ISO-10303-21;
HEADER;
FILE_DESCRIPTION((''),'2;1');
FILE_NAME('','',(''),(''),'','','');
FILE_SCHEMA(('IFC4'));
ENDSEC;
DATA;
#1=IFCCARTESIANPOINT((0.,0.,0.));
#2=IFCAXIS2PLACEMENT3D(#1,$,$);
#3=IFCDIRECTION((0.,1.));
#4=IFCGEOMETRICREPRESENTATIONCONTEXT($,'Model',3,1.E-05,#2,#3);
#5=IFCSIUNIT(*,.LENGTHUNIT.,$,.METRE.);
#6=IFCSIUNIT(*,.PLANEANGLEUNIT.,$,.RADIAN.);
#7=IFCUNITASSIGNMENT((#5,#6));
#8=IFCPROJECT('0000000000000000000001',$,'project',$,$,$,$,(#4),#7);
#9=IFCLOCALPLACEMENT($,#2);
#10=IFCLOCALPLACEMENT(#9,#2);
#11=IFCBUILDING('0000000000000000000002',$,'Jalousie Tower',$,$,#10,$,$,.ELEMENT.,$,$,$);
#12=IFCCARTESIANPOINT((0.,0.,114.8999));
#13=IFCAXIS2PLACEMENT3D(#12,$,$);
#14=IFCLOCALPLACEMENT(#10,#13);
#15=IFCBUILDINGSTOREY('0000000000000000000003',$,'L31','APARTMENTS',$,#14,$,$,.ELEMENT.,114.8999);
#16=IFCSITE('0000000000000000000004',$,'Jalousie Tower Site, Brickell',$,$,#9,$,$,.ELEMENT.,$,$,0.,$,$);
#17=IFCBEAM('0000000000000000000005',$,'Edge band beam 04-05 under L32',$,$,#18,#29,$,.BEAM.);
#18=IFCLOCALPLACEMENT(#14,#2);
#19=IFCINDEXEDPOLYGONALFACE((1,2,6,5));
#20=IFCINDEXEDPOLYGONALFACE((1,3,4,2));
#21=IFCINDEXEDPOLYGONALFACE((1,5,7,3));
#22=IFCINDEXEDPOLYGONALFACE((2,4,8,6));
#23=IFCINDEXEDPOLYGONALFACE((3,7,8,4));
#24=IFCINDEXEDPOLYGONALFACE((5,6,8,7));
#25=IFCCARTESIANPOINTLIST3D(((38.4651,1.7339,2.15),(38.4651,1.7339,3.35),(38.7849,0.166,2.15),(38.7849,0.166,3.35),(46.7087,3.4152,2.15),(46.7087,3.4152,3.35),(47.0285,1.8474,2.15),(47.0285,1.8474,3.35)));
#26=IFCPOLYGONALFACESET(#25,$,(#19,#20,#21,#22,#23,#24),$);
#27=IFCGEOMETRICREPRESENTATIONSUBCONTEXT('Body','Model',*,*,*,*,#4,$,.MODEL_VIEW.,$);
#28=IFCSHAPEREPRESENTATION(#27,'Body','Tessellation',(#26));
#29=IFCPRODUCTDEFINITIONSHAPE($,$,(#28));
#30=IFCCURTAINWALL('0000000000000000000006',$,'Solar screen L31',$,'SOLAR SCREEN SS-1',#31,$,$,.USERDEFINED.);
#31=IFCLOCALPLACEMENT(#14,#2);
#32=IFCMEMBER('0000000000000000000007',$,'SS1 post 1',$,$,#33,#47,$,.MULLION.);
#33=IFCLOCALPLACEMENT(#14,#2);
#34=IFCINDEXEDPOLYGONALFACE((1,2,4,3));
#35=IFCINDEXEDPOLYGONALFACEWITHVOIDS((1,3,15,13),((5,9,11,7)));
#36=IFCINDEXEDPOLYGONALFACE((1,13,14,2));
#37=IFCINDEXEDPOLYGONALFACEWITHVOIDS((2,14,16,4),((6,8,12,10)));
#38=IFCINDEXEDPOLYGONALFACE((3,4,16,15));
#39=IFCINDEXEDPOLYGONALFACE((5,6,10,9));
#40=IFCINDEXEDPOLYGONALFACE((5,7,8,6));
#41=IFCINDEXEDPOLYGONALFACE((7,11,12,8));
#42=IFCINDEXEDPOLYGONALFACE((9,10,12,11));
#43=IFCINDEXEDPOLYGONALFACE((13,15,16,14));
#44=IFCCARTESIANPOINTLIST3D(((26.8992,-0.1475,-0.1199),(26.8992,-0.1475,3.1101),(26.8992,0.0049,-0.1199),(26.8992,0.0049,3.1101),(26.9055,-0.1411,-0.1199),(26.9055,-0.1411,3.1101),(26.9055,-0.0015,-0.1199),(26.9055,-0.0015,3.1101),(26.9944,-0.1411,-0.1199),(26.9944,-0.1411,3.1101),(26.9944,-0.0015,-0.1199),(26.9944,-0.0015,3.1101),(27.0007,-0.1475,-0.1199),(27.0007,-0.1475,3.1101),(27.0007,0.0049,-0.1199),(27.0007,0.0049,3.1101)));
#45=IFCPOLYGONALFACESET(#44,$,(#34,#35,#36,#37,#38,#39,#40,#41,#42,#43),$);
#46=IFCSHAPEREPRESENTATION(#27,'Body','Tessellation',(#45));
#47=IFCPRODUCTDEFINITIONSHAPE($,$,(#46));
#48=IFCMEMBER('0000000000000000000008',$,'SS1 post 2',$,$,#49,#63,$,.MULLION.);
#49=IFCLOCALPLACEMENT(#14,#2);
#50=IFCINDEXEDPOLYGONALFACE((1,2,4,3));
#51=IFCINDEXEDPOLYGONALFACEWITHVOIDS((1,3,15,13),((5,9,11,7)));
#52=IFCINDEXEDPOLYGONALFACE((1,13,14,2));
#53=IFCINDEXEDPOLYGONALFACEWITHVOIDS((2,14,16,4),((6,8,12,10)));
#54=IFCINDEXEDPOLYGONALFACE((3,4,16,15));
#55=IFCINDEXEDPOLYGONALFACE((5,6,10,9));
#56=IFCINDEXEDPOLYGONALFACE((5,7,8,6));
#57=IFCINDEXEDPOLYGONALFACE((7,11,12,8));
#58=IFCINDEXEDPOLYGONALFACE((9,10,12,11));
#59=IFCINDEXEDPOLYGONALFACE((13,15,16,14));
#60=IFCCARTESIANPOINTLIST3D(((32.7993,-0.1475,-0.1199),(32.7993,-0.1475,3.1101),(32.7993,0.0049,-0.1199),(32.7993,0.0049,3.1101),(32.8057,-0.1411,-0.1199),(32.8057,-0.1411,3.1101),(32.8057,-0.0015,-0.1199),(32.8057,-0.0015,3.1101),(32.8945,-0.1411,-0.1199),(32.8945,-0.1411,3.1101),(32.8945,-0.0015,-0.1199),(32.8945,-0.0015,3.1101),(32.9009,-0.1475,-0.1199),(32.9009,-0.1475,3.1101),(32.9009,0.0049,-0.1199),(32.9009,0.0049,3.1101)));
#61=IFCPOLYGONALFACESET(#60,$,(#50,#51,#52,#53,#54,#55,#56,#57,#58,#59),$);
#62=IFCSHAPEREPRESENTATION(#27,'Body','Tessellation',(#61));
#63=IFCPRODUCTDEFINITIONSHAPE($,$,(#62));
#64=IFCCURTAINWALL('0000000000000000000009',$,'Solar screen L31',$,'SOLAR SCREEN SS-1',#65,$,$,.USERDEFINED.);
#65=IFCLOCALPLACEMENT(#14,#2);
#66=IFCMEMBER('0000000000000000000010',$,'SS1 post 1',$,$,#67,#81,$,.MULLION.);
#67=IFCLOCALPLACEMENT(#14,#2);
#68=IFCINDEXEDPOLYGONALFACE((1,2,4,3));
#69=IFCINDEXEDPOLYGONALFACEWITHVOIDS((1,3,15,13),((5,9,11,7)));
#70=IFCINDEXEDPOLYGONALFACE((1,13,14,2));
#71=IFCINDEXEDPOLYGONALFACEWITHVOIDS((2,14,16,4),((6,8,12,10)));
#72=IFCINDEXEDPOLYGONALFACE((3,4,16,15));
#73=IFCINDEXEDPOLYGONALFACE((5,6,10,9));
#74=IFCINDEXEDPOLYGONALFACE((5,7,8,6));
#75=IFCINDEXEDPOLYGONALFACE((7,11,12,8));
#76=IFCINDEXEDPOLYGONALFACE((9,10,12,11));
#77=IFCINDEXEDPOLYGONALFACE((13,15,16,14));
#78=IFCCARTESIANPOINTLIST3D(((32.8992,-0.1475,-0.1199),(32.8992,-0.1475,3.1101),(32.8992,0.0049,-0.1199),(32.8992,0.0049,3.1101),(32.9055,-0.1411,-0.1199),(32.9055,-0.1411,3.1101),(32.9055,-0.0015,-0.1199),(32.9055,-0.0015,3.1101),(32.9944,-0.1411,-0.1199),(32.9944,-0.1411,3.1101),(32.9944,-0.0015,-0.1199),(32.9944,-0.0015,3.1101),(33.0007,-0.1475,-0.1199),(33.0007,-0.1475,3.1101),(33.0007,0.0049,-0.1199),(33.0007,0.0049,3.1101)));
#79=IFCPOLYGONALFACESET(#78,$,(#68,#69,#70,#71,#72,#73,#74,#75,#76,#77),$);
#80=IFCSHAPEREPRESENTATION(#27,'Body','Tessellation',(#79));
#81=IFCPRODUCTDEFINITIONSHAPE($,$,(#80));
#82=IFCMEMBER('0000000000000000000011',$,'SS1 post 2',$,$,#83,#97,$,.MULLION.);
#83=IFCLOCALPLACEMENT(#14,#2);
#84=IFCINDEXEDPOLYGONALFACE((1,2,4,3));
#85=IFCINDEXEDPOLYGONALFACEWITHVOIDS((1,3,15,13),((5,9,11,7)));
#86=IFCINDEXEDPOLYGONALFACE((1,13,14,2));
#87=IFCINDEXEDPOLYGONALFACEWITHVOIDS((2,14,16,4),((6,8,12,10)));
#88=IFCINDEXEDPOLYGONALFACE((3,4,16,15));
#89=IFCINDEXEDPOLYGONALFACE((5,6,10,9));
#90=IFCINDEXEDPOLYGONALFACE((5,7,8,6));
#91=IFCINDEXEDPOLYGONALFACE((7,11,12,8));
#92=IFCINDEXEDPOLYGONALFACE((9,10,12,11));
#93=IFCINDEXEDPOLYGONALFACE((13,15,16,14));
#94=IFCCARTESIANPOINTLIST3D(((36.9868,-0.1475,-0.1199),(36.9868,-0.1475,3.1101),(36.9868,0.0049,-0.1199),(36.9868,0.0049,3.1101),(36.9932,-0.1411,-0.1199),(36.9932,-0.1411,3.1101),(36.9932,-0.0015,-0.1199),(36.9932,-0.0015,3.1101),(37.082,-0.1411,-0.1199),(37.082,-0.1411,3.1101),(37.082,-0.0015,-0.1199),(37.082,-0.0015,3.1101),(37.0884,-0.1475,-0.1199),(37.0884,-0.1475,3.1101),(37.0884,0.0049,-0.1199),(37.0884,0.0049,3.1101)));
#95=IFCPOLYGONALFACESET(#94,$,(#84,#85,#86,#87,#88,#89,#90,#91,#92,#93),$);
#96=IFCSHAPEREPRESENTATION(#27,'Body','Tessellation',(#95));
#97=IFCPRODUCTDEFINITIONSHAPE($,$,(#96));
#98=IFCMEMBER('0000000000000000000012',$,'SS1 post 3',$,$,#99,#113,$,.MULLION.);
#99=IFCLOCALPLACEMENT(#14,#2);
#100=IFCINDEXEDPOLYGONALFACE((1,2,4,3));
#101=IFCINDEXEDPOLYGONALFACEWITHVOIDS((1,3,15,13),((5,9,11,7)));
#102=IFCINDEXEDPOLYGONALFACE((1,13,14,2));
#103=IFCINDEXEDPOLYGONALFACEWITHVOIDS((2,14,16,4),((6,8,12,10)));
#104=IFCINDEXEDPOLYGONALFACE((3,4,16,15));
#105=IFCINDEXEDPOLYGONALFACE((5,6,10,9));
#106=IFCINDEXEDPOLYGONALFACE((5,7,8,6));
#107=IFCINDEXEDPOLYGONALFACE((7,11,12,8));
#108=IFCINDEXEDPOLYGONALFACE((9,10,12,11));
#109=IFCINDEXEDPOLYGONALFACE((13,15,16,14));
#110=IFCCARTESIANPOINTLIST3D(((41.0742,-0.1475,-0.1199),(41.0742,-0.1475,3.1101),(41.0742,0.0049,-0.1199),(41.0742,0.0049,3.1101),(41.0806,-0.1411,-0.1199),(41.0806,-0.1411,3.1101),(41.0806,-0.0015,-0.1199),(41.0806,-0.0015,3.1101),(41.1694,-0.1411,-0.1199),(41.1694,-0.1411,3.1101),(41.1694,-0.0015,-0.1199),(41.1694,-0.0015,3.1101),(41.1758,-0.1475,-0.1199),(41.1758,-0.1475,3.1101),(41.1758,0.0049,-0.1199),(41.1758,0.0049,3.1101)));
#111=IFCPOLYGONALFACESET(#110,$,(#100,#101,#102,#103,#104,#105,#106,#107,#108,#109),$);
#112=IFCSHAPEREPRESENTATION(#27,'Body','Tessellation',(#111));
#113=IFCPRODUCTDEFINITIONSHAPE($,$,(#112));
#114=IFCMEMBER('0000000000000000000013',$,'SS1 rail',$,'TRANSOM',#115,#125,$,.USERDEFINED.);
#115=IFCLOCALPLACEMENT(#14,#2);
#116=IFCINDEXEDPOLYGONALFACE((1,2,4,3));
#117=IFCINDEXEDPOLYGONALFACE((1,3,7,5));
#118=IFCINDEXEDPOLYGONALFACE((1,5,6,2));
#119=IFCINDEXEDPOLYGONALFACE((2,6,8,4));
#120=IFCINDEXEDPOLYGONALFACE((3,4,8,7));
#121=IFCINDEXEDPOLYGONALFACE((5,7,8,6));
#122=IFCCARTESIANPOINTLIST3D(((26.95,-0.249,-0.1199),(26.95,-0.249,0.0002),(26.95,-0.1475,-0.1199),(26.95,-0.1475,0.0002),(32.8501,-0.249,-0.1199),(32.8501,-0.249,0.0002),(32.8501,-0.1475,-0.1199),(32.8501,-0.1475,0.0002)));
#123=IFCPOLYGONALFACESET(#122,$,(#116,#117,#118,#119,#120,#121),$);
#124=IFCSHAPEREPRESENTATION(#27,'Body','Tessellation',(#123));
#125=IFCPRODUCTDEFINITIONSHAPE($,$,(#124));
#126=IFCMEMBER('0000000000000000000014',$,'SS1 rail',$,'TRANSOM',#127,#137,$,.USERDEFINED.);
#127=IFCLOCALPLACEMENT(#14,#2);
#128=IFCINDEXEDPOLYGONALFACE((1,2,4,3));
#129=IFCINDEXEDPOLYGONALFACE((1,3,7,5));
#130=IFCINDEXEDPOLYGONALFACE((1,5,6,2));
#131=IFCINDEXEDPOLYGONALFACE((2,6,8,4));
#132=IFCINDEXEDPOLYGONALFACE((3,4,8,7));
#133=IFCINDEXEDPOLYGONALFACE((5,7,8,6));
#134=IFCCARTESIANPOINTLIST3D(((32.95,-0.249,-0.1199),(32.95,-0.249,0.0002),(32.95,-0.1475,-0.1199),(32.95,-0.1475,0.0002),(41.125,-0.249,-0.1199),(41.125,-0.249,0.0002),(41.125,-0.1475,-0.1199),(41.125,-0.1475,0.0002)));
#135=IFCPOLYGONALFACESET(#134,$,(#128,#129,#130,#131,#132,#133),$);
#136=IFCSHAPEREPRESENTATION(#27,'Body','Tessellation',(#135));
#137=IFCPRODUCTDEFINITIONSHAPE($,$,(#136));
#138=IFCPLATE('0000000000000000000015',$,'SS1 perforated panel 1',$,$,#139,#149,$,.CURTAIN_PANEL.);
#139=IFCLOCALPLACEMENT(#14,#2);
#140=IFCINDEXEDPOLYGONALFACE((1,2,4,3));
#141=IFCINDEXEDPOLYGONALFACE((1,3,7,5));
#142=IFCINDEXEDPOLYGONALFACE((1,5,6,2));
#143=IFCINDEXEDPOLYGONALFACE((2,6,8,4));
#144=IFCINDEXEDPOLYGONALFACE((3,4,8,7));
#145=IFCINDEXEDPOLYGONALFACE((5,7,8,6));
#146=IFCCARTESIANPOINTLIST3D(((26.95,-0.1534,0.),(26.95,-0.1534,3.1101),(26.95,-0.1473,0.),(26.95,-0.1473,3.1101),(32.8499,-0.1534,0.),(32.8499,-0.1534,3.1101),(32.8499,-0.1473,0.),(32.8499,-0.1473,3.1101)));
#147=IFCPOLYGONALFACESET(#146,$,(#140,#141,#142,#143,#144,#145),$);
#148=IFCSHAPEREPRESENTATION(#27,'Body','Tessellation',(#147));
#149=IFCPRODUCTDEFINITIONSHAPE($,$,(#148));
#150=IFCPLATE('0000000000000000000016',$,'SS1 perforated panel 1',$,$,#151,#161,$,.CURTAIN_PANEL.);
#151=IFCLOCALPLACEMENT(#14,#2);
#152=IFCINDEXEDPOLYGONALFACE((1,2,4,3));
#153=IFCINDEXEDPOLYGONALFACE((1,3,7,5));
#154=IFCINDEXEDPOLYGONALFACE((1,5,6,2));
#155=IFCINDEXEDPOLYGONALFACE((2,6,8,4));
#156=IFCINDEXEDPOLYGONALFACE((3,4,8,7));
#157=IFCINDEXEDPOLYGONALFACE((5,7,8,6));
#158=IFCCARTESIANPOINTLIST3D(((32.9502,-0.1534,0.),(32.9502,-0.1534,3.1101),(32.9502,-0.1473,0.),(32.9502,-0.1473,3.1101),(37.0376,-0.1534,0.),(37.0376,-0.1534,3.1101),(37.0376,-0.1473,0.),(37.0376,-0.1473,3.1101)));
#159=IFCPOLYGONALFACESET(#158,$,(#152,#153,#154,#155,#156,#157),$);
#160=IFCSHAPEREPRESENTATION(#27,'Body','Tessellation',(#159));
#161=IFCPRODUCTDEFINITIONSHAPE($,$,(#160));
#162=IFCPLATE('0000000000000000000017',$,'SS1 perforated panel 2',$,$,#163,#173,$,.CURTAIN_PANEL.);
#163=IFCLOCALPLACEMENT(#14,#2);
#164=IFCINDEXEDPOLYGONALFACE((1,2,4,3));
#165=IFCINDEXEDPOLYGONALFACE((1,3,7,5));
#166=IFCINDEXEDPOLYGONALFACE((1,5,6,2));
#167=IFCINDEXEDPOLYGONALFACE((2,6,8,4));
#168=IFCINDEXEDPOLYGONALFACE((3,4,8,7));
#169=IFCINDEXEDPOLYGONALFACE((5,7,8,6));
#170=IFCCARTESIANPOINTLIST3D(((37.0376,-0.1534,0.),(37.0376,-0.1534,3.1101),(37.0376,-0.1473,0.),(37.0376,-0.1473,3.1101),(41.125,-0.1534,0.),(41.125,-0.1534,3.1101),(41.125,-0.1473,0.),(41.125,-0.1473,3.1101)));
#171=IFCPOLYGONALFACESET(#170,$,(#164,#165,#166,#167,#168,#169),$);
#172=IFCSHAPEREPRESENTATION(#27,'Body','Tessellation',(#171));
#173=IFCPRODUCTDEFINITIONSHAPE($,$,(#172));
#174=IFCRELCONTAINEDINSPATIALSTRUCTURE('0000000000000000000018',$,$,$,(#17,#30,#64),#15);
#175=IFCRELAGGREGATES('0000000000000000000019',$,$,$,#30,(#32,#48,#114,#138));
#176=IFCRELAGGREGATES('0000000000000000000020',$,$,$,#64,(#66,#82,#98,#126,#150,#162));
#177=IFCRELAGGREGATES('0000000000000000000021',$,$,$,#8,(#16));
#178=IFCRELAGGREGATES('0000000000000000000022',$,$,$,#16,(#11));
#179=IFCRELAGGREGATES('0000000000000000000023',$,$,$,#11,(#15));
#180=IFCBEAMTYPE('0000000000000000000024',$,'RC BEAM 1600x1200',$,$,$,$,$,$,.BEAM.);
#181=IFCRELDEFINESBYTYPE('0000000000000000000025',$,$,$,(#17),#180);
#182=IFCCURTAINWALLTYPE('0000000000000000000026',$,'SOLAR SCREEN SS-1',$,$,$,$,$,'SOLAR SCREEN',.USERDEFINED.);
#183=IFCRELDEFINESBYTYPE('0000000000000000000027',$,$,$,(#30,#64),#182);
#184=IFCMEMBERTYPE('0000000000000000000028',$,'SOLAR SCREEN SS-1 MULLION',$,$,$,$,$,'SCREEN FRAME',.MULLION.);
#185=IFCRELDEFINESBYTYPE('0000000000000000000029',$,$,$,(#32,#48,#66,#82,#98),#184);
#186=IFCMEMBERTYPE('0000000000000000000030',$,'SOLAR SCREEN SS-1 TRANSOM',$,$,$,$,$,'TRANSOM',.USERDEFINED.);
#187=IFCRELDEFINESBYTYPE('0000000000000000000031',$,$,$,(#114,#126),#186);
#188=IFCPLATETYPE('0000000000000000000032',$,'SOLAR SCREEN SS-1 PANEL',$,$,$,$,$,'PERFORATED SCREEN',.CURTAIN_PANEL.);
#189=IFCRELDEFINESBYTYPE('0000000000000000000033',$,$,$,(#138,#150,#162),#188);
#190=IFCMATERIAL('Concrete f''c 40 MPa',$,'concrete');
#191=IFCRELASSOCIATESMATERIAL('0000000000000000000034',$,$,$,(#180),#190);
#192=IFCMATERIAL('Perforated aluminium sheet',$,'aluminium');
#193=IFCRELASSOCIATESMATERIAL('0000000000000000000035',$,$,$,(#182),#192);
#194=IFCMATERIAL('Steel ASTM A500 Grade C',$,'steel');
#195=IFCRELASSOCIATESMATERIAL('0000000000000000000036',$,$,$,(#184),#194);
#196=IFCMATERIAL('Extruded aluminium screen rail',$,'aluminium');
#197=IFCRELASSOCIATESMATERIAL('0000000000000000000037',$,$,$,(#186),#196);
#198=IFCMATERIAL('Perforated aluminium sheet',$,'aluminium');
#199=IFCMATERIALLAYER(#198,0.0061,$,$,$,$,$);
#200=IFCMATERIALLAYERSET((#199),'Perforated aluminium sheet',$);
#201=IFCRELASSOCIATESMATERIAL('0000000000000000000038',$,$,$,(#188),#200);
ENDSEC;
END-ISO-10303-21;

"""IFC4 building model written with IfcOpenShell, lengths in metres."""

from ifc_helpers import new_model, si_unit, direction, frame, origin, origin_2d, place, context, subcontext, project, spatial, rectangle, hollow_rectangle, extrude, material, layer, layer_set, material_profile, profile_set, type_object, element, aggregate, save


model = new_model("IFC4")

# Units and contexts
model_context = context("Model", 3, precision=1e-05, world=origin(), true_north=direction((0.0, 1.0)))
body_context = subcontext(model_context, "Body", "Model", "MODEL_VIEW")
ifc_project = project(units=[si_unit("LENGTHUNIT", "METRE"), si_unit("PLANEANGLEUNIT", "RADIAN")], contexts=[model_context])

# Site, building, storey
site_placement = place(None, origin())
site = spatial("IfcSite", under=ifc_project, at=site_placement, Name="Jalousie Tower Site, Brickell", CompositionType="ELEMENT", RefElevation=0.0)
building_placement = place(site_placement, origin())
building = spatial("IfcBuilding", under=site, at=building_placement, Name="Jalousie Tower", CompositionType="ELEMENT")
storey_placement = place(building_placement, frame((0.0, 0.0, 114.8999)))
storey = spatial("IfcBuildingStorey", under=building, at=storey_placement, Name="L31", Description="APARTMENTS", CompositionType="ELEMENT", Elevation=114.8999)

# Beam
ifc_material_1 = material(Name="Concrete f'c 40 MPa", Category="concrete")
ifc_material_profile_1 = material_profile(ifc_material_1, rectangle(XDim=1.6001, YDim=1.2, at=origin_2d()), Name="RC 1600x1200")
ifc_profile_set_1 = profile_set([ifc_material_profile_1], Name="Concrete f'c 40 MPa")
beam_type_1 = type_object("IfcBeamType", Name="RC BEAM 1600x1200", PredefinedType="BEAM", material=ifc_profile_set_1)
beam_1_placement = place(storey_placement, frame((38.625, 0.95, 2.75), z_axis=(0.979827, 0.199848, 0.0), x_axis=(-0.199848, 0.979827, 0.0)))
element("IfcBeam", 1, at=beam_1_placement, inside=storey, type_object=beam_type_1, Name="Edge band beam 04-05 under L32", PredefinedType="BEAM", context=body_context, shape_type="SweptSolid", body=[
    extrude(rectangle(XDim=1.6001, YDim=1.2, at=origin_2d()), origin(), (0.0, 0.0, 1.0), 8.4133),
])

# Curtain walls, members
ifc_material_2 = material(Name="Perforated aluminium sheet", Category="aluminium")
curtain_wall_type = type_object("IfcCurtainWallType", Name="SOLAR SCREEN SS-1", ElementType="SOLAR SCREEN", PredefinedType="USERDEFINED", material=ifc_material_2)
curtain_wall_1_placement = place(storey_placement, origin())
curtain_wall_1 = element("IfcCurtainWall", 2, at=curtain_wall_1_placement, inside=storey, type_object=curtain_wall_type, Name="Solar screen L31", ObjectType="SOLAR SCREEN SS-1", PredefinedType="USERDEFINED")
ifc_material_3 = material(Name="Steel ASTM A500 Grade C", Category="steel")
ifc_material_profile_2 = material_profile(ifc_material_3, hollow_rectangle(XDim=0.1016, YDim=0.1523, WallThickness=0.0063, at=origin_2d()), Name="HSS6X4X1/4")
ifc_profile_set_2 = profile_set([ifc_material_profile_2], Name="Steel ASTM A500 Grade C")
member_type_1 = type_object("IfcMemberType", Name="SOLAR SCREEN SS-1 MULLION", ElementType="SCREEN FRAME", PredefinedType="MULLION", material=ifc_profile_set_2)
member_1_placement = place(storey_placement, frame((26.95, -0.0713, -0.1199), z_axis=(0.0, 0.0, 1.0), x_axis=(1.0, 0.0, 0.0)))
member_1 = element("IfcMember", 3, at=member_1_placement, type_object=member_type_1, Name="SS1 post 1", PredefinedType="MULLION", context=body_context, shape_type="SweptSolid", body=[
    extrude(hollow_rectangle(XDim=0.1016, YDim=0.1523, WallThickness=0.0063, at=origin_2d()), origin(), (0.0, 0.0, 1.0), 3.23),
])
member_2_placement = place(storey_placement, frame((32.8501, -0.0713, -0.1199), z_axis=(0.0, 0.0, 1.0), x_axis=(1.0, 0.0, 0.0)))
member_2 = element("IfcMember", 4, at=member_2_placement, type_object=member_type_1, Name="SS1 post 2", PredefinedType="MULLION", context=body_context, shape_type="SweptSolid", body=[
    extrude(hollow_rectangle(XDim=0.1016, YDim=0.1523, WallThickness=0.0063, at=origin_2d()), origin(), (0.0, 0.0, 1.0), 3.23),
])
curtain_wall_2_placement = place(storey_placement, origin())
curtain_wall_2 = element("IfcCurtainWall", 5, at=curtain_wall_2_placement, inside=storey, type_object=curtain_wall_type, Name="Solar screen L31", ObjectType="SOLAR SCREEN SS-1", PredefinedType="USERDEFINED")
member_3_placement = place(storey_placement, frame((32.95, -0.0713, -0.1199), z_axis=(0.0, 0.0, 1.0), x_axis=(1.0, 0.0, 0.0)))
member_3 = element("IfcMember", 6, at=member_3_placement, type_object=member_type_1, Name="SS1 post 1", PredefinedType="MULLION", context=body_context, shape_type="SweptSolid", body=[
    extrude(hollow_rectangle(XDim=0.1016, YDim=0.1523, WallThickness=0.0063, at=origin_2d()), origin(), (0.0, 0.0, 1.0), 3.23),
])
member_4_placement = place(storey_placement, frame((37.0376, -0.0713, -0.1199), z_axis=(0.0, 0.0, 1.0), x_axis=(1.0, 0.0, 0.0)))
member_4 = element("IfcMember", 7, at=member_4_placement, type_object=member_type_1, Name="SS1 post 2", PredefinedType="MULLION", context=body_context, shape_type="SweptSolid", body=[
    extrude(hollow_rectangle(XDim=0.1016, YDim=0.1523, WallThickness=0.0063, at=origin_2d()), origin(), (0.0, 0.0, 1.0), 3.23),
])
member_5_placement = place(storey_placement, frame((41.125, -0.0713, -0.1199), z_axis=(0.0, 0.0, 1.0), x_axis=(1.0, 0.0, 0.0)))
member_5 = element("IfcMember", 8, at=member_5_placement, type_object=member_type_1, Name="SS1 post 3", PredefinedType="MULLION", context=body_context, shape_type="SweptSolid", body=[
    extrude(hollow_rectangle(XDim=0.1016, YDim=0.1523, WallThickness=0.0063, at=origin_2d()), origin(), (0.0, 0.0, 1.0), 3.23),
])

# Members
ifc_material_4 = material(Name="Extruded aluminium screen rail", Category="aluminium")
ifc_material_profile_3 = material_profile(ifc_material_4, rectangle(XDim=0.1016, YDim=0.1201, at=origin_2d()), Name="RAIL 102x120")
ifc_profile_set_3 = profile_set([ifc_material_profile_3], Name="Extruded aluminium screen rail")
member_type_2 = type_object("IfcMemberType", Name="SOLAR SCREEN SS-1 TRANSOM", ElementType="TRANSOM", PredefinedType="USERDEFINED", material=ifc_profile_set_3)
member_6_placement = place(storey_placement, frame((26.95, -0.1982, -0.0598), z_axis=(1.0, 0.0, 0.0), x_axis=(0.0, 1.0, 0.0)))
member_6 = element("IfcMember", 9, at=member_6_placement, type_object=member_type_2, Name="SS1 rail", ObjectType="TRANSOM", PredefinedType="USERDEFINED", context=body_context, shape_type="SweptSolid", body=[
    extrude(rectangle(XDim=0.1016, YDim=0.1201, at=origin_2d()), origin(), (0.0, 0.0, 1.0), 5.9001),
])
member_7_placement = place(storey_placement, frame((32.95, -0.1982, -0.0598), z_axis=(1.0, 0.0, 0.0), x_axis=(0.0, 1.0, 0.0)))
member_7 = element("IfcMember", 10, at=member_7_placement, type_object=member_type_2, Name="SS1 rail", ObjectType="TRANSOM", PredefinedType="USERDEFINED", context=body_context, shape_type="SweptSolid", body=[
    extrude(rectangle(XDim=0.1016, YDim=0.1201, at=origin_2d()), origin(), (0.0, 0.0, 1.0), 8.175),
])

# Plates
ifc_material_5 = material(Name="Perforated aluminium sheet", Category="aluminium")
ifc_layer_1 = layer(ifc_material_5, 0.0061)
ifc_layer_set_1 = layer_set([ifc_layer_1], Name="Perforated aluminium sheet")
plate_type = type_object("IfcPlateType", Name="SOLAR SCREEN SS-1 PANEL", ElementType="PERFORATED SCREEN", PredefinedType="CURTAIN_PANEL", material=ifc_layer_set_1)
plate_1_placement = place(storey_placement, frame((29.8999, -0.1504, 0.0), z_axis=(0.0, 0.0, 1.0), x_axis=(1.0, 0.0, 0.0)))
plate_1 = element("IfcPlate", 11, at=plate_1_placement, type_object=plate_type, Name="SS1 perforated panel 1", PredefinedType="CURTAIN_PANEL", context=body_context, shape_type="SweptSolid", body=[
    extrude(rectangle(XDim=5.8999, YDim=0.0061, at=origin_2d()), origin(), (0.0, 0.0, 1.0), 3.1101),
])
aggregate(curtain_wall_1, [member_1, member_2, member_6, plate_1])
plate_2_placement = place(storey_placement, frame((34.9939, -0.1504, 0.0), z_axis=(0.0, 0.0, 1.0), x_axis=(1.0, 0.0, 0.0)))
plate_2 = element("IfcPlate", 12, at=plate_2_placement, type_object=plate_type, Name="SS1 perforated panel 1", PredefinedType="CURTAIN_PANEL", context=body_context, shape_type="SweptSolid", body=[
    extrude(rectangle(XDim=4.0874, YDim=0.0061, at=origin_2d()), origin(), (0.0, 0.0, 1.0), 3.1101),
])
plate_3_placement = place(storey_placement, frame((39.0813, -0.1504, 0.0), z_axis=(0.0, 0.0, 1.0), x_axis=(1.0, 0.0, 0.0)))
plate_3 = element("IfcPlate", 13, at=plate_3_placement, type_object=plate_type, Name="SS1 perforated panel 2", PredefinedType="CURTAIN_PANEL", context=body_context, shape_type="SweptSolid", body=[
    extrude(rectangle(XDim=4.0874, YDim=0.0061, at=origin_2d()), origin(), (0.0, 0.0, 1.0), 3.1101),
])
aggregate(curtain_wall_2, [member_3, member_4, member_5, member_7, plate_2, plate_3])

save(model, "model.ifc")
